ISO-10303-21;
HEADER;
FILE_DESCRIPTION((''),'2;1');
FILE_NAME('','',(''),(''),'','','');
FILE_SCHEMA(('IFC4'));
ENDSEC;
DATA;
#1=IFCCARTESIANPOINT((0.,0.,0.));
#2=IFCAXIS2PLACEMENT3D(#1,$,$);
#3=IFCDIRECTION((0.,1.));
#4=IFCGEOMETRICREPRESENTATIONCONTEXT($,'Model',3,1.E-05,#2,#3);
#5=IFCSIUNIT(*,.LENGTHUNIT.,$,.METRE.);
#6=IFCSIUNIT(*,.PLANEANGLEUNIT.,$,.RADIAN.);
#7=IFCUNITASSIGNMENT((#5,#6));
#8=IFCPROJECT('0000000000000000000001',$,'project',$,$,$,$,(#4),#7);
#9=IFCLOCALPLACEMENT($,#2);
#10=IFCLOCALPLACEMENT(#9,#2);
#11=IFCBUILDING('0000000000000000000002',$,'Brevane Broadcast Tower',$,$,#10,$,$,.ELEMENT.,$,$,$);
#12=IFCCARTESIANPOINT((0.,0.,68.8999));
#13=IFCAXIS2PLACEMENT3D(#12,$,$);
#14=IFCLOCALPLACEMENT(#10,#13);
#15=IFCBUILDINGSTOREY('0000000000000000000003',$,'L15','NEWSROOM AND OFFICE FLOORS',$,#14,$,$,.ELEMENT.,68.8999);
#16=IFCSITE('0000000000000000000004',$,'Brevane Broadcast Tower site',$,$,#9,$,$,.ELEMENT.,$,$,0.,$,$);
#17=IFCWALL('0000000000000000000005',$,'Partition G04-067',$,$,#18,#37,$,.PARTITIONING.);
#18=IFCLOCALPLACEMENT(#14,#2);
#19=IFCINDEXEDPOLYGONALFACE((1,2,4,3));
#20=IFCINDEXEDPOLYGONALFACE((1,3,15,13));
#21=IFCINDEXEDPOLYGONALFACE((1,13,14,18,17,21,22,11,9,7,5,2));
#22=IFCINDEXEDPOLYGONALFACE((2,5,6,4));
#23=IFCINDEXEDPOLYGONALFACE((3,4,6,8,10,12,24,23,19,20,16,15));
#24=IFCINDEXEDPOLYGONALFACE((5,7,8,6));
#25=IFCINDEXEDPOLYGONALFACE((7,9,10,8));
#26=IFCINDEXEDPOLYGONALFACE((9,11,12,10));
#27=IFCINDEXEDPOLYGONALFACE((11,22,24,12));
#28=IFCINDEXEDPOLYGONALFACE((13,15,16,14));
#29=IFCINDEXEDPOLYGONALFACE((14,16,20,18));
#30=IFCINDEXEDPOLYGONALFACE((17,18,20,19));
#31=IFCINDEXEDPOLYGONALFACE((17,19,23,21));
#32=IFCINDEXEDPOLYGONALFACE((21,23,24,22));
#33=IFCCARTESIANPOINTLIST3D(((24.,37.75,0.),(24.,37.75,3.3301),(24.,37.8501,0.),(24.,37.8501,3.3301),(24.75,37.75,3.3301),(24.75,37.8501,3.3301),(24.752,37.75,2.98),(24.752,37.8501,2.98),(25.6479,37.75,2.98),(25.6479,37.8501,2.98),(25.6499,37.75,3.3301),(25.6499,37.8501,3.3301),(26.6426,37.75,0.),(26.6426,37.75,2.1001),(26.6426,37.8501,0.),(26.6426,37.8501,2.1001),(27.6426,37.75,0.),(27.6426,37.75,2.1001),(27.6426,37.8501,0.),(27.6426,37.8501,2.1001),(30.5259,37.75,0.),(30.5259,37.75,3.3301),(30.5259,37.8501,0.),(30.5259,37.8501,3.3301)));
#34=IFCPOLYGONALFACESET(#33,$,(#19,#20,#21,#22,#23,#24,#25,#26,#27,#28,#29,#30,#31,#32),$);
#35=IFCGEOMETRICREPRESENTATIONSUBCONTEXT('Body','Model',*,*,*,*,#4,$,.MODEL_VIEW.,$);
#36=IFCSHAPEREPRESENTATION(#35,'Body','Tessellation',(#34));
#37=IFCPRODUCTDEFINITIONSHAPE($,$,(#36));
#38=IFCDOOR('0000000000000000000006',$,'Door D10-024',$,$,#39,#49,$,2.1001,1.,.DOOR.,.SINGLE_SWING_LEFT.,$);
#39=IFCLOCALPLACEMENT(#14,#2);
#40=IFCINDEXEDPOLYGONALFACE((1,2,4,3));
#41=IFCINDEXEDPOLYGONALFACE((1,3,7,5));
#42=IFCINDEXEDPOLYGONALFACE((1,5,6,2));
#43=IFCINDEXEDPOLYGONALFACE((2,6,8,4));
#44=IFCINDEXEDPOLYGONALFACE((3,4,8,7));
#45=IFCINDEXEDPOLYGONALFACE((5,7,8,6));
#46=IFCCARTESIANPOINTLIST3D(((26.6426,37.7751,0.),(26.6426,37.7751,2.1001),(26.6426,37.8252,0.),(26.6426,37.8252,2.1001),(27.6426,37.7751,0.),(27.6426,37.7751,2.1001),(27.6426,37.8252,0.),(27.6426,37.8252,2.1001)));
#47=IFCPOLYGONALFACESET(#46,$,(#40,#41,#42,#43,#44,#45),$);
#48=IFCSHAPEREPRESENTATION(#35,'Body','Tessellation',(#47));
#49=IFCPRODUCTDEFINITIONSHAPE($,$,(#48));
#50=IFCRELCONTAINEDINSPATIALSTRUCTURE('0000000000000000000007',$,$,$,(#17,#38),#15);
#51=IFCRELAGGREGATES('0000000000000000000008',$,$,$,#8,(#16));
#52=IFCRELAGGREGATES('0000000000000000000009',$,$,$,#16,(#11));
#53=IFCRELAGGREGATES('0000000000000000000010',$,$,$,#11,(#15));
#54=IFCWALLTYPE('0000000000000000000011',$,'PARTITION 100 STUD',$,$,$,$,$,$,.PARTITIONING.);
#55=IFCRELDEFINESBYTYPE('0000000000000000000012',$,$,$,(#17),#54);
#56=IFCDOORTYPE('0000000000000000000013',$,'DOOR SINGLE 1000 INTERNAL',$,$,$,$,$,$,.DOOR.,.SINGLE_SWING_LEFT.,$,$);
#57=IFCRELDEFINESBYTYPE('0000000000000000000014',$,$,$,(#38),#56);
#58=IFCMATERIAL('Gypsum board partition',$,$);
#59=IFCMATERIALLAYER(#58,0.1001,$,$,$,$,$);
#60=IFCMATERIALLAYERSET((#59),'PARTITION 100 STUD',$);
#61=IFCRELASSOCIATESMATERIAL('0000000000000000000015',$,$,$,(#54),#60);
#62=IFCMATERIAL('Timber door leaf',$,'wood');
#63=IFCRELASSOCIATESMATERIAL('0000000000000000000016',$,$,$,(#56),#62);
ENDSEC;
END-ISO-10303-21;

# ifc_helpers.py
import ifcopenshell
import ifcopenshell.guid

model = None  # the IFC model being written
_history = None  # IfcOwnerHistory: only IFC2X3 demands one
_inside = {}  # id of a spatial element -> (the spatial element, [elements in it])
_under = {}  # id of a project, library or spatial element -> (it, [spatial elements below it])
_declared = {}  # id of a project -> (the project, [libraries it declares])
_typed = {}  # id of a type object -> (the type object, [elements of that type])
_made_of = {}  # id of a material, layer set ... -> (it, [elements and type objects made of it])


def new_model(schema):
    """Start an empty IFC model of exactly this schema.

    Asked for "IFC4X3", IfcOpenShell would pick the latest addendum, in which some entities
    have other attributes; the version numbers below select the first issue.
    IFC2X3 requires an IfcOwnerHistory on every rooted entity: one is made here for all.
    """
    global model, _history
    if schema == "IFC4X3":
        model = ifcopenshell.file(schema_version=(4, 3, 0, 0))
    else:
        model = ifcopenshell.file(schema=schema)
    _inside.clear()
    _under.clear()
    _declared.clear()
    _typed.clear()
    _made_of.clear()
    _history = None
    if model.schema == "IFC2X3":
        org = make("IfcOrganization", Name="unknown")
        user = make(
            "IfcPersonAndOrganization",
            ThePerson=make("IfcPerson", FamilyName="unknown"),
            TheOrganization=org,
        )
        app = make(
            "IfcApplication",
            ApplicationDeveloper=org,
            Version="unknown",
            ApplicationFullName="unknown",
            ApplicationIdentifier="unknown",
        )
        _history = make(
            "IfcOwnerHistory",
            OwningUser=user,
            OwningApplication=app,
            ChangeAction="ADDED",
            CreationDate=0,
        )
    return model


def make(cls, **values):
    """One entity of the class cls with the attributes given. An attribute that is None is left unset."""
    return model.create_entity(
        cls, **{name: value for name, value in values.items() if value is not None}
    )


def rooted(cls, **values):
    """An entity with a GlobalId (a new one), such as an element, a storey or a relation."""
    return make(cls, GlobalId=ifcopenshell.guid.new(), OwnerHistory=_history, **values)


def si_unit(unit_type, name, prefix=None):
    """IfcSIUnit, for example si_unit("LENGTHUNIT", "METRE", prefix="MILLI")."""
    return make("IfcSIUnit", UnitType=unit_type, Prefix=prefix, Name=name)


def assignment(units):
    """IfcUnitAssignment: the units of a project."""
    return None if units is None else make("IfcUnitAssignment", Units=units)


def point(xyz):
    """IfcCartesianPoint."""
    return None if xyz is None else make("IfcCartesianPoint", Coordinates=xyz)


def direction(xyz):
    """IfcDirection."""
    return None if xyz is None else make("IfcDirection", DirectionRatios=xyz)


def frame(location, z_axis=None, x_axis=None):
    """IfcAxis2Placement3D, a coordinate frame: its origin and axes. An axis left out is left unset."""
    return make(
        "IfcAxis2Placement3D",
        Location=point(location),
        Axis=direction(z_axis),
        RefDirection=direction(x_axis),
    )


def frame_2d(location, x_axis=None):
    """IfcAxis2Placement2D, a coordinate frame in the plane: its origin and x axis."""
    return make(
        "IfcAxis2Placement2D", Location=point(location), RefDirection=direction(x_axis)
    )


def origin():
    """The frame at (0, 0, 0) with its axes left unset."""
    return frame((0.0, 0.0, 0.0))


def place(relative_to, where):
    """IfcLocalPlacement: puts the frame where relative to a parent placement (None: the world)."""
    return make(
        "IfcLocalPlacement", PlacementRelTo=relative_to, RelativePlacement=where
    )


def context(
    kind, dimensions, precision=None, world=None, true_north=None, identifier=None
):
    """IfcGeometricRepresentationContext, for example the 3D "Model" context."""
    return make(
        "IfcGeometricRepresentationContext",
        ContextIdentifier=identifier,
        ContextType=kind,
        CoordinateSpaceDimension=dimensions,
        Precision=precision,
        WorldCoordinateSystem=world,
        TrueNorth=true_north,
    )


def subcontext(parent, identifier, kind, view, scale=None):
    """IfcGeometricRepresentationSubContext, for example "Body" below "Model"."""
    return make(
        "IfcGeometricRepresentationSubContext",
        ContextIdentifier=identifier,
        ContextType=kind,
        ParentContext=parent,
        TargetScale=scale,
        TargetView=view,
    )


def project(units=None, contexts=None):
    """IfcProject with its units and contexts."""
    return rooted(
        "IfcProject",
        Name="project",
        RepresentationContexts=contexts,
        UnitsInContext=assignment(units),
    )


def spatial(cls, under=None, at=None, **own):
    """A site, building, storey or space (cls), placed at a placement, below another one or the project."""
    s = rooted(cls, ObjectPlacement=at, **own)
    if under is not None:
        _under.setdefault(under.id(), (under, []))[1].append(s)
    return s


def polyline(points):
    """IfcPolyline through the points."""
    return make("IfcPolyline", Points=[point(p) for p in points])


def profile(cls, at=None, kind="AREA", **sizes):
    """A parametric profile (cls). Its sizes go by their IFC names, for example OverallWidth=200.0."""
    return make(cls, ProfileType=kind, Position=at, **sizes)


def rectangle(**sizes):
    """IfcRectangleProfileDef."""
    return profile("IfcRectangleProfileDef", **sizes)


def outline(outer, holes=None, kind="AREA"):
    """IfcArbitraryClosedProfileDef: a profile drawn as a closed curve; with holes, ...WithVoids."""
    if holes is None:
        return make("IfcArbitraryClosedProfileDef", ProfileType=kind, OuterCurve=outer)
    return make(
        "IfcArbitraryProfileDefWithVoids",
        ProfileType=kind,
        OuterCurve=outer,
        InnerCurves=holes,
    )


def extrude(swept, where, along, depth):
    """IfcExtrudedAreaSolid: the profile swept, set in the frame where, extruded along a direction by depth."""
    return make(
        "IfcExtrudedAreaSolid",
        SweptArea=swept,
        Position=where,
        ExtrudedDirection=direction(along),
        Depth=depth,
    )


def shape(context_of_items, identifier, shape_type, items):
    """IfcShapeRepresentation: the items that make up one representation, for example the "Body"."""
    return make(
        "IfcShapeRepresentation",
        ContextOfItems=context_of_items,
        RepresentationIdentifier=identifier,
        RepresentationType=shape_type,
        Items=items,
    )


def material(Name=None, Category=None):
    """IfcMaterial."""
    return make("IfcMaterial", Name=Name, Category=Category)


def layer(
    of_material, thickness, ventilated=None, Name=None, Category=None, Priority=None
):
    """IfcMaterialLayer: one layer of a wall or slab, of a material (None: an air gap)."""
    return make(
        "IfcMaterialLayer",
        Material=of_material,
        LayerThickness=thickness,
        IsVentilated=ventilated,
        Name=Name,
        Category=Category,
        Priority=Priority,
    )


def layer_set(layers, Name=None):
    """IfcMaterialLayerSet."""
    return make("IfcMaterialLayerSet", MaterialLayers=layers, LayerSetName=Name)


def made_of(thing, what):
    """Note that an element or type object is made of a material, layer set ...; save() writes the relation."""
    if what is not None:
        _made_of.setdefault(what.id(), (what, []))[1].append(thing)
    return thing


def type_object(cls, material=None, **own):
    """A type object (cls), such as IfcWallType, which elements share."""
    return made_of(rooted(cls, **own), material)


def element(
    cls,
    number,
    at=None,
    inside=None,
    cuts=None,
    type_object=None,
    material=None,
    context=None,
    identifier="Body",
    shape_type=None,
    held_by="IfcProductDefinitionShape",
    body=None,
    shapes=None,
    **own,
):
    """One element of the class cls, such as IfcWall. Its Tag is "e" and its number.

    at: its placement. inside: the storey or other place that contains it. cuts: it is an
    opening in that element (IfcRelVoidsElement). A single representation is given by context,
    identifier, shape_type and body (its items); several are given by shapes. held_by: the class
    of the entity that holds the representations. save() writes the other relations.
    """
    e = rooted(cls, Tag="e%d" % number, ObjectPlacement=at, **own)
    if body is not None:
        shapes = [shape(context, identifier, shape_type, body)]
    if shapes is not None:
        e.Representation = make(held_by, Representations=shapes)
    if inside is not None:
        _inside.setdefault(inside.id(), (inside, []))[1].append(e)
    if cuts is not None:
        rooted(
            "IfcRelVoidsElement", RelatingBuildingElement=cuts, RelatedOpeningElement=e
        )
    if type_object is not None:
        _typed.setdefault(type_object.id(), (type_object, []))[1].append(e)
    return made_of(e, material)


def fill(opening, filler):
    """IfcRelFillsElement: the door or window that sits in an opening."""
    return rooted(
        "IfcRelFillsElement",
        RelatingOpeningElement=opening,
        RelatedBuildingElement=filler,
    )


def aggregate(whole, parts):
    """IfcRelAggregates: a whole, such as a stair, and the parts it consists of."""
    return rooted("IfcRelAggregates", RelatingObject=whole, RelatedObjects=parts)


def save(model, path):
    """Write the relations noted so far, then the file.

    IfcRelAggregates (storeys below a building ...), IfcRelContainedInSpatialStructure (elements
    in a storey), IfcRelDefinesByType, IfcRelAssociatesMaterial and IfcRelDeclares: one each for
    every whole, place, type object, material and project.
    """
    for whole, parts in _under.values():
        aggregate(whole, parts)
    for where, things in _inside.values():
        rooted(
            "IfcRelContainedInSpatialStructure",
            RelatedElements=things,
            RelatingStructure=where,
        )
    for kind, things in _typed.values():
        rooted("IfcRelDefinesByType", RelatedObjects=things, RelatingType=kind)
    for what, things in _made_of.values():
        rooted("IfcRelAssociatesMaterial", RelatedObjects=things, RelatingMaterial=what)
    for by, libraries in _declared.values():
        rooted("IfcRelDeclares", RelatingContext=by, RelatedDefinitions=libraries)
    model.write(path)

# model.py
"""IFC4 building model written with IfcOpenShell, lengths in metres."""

from ifc_helpers import new_model, si_unit, direction, frame, frame_2d, origin, place, context, subcontext, project, spatial, polyline, rectangle, outline, extrude, material, layer, layer_set, type_object, element, fill, save


model = new_model("IFC4")

# Units and contexts
model_context = context("Model", 3, precision=1e-05, world=origin(), true_north=direction((0.0, 1.0)))
body_context = subcontext(model_context, "Body", "Model", "MODEL_VIEW")
ifc_project = project(units=[si_unit("LENGTHUNIT", "METRE"), si_unit("PLANEANGLEUNIT", "RADIAN")], contexts=[model_context])

# Site, building, storey
site_placement = place(None, origin())
site = spatial("IfcSite", under=ifc_project, at=site_placement, Name="Brevane Broadcast Tower site", CompositionType="ELEMENT", RefElevation=0.0)
building_placement = place(site_placement, origin())
building = spatial("IfcBuilding", under=site, at=building_placement, Name="Brevane Broadcast Tower", CompositionType="ELEMENT")
storey_placement = place(building_placement, frame((0.0, 0.0, 68.8999)))
storey = spatial("IfcBuildingStorey", under=building, at=storey_placement, Name="L15", Description="NEWSROOM AND OFFICE FLOORS", CompositionType="ELEMENT", Elevation=68.8999)

# Shared definitions
ifc_material_1 = material(Name="Gypsum board partition")
ifc_layer = layer(ifc_material_1, 0.1001)
ifc_layer_set = layer_set([ifc_layer], Name="PARTITION 100 STUD")
wall_type = type_object("IfcWallType", Name="PARTITION 100 STUD", PredefinedType="PARTITIONING", material=ifc_layer_set)

# Wall, opening, door
wall_1_placement = place(storey_placement, frame((30.5259, 37.8, 0.0), z_axis=(0.0, 0.0, 1.0), x_axis=(-1.0, 0.0, 0.0)))
wall_1 = element("IfcWall", 1, at=wall_1_placement, inside=storey, type_object=wall_type, Name="Partition G04-067", PredefinedType="PARTITIONING", context=body_context, shape_type="SweptSolid", body=[
    extrude(outline(polyline([(0.0, 0.0), (6.5259, 0.0), (6.5259, 3.3301), (5.7759, 3.3301), (5.7739, 2.98), (4.8779, 2.98), (4.876, 3.3301), (0.2832, 3.3301), (0.0, 3.3301), (0.0, 0.0)])), frame((0.0, 0.05, 0.0), z_axis=(0.0, -1.0, 0.0), x_axis=(1.0, 0.0, 0.0)), (0.0, 0.0, 1.0), 0.1001),
])
opening_placement = place(wall_1_placement, frame((2.8833, 0.0, 0.0)))
opening = element("IfcOpeningElement", 2, at=opening_placement, cuts=wall_1, PredefinedType="OPENING", context=body_context, shape_type="SweptSolid", body=[
    extrude(rectangle(XDim=1.0, YDim=2.1001, at=frame_2d((0.5, 1.05))), frame((0.0, 0.0601, 0.0), z_axis=(0.0, -1.0, 0.0), x_axis=(1.0, 0.0, 0.0)), (0.0, 0.0, 1.0), 0.1201),
])
ifc_material_2 = material(Name="Timber door leaf", Category="wood")
door_type = type_object("IfcDoorType", Name="DOOR SINGLE 1000 INTERNAL", OperationType="SINGLE_SWING_LEFT", PredefinedType="DOOR", material=ifc_material_2)
door_placement = place(opening_placement, origin())
door = element("IfcDoor", 3, at=door_placement, inside=storey, type_object=door_type, Name="Door D10-024", OperationType="SINGLE_SWING_LEFT", OverallHeight=2.1001, OverallWidth=1.0, PredefinedType="DOOR", context=body_context, shape_type="SweptSolid", body=[
    extrude(rectangle(XDim=1.0, YDim=2.1001, at=frame_2d((0.5, 1.05))), frame((0.0, 0.0249, 0.0), z_axis=(0.0, -1.0, 0.0), x_axis=(1.0, 0.0, 0.0)), (0.0, 0.0, 1.0), 0.05),
])
fill(opening, door)

save(model, "model.ifc")
